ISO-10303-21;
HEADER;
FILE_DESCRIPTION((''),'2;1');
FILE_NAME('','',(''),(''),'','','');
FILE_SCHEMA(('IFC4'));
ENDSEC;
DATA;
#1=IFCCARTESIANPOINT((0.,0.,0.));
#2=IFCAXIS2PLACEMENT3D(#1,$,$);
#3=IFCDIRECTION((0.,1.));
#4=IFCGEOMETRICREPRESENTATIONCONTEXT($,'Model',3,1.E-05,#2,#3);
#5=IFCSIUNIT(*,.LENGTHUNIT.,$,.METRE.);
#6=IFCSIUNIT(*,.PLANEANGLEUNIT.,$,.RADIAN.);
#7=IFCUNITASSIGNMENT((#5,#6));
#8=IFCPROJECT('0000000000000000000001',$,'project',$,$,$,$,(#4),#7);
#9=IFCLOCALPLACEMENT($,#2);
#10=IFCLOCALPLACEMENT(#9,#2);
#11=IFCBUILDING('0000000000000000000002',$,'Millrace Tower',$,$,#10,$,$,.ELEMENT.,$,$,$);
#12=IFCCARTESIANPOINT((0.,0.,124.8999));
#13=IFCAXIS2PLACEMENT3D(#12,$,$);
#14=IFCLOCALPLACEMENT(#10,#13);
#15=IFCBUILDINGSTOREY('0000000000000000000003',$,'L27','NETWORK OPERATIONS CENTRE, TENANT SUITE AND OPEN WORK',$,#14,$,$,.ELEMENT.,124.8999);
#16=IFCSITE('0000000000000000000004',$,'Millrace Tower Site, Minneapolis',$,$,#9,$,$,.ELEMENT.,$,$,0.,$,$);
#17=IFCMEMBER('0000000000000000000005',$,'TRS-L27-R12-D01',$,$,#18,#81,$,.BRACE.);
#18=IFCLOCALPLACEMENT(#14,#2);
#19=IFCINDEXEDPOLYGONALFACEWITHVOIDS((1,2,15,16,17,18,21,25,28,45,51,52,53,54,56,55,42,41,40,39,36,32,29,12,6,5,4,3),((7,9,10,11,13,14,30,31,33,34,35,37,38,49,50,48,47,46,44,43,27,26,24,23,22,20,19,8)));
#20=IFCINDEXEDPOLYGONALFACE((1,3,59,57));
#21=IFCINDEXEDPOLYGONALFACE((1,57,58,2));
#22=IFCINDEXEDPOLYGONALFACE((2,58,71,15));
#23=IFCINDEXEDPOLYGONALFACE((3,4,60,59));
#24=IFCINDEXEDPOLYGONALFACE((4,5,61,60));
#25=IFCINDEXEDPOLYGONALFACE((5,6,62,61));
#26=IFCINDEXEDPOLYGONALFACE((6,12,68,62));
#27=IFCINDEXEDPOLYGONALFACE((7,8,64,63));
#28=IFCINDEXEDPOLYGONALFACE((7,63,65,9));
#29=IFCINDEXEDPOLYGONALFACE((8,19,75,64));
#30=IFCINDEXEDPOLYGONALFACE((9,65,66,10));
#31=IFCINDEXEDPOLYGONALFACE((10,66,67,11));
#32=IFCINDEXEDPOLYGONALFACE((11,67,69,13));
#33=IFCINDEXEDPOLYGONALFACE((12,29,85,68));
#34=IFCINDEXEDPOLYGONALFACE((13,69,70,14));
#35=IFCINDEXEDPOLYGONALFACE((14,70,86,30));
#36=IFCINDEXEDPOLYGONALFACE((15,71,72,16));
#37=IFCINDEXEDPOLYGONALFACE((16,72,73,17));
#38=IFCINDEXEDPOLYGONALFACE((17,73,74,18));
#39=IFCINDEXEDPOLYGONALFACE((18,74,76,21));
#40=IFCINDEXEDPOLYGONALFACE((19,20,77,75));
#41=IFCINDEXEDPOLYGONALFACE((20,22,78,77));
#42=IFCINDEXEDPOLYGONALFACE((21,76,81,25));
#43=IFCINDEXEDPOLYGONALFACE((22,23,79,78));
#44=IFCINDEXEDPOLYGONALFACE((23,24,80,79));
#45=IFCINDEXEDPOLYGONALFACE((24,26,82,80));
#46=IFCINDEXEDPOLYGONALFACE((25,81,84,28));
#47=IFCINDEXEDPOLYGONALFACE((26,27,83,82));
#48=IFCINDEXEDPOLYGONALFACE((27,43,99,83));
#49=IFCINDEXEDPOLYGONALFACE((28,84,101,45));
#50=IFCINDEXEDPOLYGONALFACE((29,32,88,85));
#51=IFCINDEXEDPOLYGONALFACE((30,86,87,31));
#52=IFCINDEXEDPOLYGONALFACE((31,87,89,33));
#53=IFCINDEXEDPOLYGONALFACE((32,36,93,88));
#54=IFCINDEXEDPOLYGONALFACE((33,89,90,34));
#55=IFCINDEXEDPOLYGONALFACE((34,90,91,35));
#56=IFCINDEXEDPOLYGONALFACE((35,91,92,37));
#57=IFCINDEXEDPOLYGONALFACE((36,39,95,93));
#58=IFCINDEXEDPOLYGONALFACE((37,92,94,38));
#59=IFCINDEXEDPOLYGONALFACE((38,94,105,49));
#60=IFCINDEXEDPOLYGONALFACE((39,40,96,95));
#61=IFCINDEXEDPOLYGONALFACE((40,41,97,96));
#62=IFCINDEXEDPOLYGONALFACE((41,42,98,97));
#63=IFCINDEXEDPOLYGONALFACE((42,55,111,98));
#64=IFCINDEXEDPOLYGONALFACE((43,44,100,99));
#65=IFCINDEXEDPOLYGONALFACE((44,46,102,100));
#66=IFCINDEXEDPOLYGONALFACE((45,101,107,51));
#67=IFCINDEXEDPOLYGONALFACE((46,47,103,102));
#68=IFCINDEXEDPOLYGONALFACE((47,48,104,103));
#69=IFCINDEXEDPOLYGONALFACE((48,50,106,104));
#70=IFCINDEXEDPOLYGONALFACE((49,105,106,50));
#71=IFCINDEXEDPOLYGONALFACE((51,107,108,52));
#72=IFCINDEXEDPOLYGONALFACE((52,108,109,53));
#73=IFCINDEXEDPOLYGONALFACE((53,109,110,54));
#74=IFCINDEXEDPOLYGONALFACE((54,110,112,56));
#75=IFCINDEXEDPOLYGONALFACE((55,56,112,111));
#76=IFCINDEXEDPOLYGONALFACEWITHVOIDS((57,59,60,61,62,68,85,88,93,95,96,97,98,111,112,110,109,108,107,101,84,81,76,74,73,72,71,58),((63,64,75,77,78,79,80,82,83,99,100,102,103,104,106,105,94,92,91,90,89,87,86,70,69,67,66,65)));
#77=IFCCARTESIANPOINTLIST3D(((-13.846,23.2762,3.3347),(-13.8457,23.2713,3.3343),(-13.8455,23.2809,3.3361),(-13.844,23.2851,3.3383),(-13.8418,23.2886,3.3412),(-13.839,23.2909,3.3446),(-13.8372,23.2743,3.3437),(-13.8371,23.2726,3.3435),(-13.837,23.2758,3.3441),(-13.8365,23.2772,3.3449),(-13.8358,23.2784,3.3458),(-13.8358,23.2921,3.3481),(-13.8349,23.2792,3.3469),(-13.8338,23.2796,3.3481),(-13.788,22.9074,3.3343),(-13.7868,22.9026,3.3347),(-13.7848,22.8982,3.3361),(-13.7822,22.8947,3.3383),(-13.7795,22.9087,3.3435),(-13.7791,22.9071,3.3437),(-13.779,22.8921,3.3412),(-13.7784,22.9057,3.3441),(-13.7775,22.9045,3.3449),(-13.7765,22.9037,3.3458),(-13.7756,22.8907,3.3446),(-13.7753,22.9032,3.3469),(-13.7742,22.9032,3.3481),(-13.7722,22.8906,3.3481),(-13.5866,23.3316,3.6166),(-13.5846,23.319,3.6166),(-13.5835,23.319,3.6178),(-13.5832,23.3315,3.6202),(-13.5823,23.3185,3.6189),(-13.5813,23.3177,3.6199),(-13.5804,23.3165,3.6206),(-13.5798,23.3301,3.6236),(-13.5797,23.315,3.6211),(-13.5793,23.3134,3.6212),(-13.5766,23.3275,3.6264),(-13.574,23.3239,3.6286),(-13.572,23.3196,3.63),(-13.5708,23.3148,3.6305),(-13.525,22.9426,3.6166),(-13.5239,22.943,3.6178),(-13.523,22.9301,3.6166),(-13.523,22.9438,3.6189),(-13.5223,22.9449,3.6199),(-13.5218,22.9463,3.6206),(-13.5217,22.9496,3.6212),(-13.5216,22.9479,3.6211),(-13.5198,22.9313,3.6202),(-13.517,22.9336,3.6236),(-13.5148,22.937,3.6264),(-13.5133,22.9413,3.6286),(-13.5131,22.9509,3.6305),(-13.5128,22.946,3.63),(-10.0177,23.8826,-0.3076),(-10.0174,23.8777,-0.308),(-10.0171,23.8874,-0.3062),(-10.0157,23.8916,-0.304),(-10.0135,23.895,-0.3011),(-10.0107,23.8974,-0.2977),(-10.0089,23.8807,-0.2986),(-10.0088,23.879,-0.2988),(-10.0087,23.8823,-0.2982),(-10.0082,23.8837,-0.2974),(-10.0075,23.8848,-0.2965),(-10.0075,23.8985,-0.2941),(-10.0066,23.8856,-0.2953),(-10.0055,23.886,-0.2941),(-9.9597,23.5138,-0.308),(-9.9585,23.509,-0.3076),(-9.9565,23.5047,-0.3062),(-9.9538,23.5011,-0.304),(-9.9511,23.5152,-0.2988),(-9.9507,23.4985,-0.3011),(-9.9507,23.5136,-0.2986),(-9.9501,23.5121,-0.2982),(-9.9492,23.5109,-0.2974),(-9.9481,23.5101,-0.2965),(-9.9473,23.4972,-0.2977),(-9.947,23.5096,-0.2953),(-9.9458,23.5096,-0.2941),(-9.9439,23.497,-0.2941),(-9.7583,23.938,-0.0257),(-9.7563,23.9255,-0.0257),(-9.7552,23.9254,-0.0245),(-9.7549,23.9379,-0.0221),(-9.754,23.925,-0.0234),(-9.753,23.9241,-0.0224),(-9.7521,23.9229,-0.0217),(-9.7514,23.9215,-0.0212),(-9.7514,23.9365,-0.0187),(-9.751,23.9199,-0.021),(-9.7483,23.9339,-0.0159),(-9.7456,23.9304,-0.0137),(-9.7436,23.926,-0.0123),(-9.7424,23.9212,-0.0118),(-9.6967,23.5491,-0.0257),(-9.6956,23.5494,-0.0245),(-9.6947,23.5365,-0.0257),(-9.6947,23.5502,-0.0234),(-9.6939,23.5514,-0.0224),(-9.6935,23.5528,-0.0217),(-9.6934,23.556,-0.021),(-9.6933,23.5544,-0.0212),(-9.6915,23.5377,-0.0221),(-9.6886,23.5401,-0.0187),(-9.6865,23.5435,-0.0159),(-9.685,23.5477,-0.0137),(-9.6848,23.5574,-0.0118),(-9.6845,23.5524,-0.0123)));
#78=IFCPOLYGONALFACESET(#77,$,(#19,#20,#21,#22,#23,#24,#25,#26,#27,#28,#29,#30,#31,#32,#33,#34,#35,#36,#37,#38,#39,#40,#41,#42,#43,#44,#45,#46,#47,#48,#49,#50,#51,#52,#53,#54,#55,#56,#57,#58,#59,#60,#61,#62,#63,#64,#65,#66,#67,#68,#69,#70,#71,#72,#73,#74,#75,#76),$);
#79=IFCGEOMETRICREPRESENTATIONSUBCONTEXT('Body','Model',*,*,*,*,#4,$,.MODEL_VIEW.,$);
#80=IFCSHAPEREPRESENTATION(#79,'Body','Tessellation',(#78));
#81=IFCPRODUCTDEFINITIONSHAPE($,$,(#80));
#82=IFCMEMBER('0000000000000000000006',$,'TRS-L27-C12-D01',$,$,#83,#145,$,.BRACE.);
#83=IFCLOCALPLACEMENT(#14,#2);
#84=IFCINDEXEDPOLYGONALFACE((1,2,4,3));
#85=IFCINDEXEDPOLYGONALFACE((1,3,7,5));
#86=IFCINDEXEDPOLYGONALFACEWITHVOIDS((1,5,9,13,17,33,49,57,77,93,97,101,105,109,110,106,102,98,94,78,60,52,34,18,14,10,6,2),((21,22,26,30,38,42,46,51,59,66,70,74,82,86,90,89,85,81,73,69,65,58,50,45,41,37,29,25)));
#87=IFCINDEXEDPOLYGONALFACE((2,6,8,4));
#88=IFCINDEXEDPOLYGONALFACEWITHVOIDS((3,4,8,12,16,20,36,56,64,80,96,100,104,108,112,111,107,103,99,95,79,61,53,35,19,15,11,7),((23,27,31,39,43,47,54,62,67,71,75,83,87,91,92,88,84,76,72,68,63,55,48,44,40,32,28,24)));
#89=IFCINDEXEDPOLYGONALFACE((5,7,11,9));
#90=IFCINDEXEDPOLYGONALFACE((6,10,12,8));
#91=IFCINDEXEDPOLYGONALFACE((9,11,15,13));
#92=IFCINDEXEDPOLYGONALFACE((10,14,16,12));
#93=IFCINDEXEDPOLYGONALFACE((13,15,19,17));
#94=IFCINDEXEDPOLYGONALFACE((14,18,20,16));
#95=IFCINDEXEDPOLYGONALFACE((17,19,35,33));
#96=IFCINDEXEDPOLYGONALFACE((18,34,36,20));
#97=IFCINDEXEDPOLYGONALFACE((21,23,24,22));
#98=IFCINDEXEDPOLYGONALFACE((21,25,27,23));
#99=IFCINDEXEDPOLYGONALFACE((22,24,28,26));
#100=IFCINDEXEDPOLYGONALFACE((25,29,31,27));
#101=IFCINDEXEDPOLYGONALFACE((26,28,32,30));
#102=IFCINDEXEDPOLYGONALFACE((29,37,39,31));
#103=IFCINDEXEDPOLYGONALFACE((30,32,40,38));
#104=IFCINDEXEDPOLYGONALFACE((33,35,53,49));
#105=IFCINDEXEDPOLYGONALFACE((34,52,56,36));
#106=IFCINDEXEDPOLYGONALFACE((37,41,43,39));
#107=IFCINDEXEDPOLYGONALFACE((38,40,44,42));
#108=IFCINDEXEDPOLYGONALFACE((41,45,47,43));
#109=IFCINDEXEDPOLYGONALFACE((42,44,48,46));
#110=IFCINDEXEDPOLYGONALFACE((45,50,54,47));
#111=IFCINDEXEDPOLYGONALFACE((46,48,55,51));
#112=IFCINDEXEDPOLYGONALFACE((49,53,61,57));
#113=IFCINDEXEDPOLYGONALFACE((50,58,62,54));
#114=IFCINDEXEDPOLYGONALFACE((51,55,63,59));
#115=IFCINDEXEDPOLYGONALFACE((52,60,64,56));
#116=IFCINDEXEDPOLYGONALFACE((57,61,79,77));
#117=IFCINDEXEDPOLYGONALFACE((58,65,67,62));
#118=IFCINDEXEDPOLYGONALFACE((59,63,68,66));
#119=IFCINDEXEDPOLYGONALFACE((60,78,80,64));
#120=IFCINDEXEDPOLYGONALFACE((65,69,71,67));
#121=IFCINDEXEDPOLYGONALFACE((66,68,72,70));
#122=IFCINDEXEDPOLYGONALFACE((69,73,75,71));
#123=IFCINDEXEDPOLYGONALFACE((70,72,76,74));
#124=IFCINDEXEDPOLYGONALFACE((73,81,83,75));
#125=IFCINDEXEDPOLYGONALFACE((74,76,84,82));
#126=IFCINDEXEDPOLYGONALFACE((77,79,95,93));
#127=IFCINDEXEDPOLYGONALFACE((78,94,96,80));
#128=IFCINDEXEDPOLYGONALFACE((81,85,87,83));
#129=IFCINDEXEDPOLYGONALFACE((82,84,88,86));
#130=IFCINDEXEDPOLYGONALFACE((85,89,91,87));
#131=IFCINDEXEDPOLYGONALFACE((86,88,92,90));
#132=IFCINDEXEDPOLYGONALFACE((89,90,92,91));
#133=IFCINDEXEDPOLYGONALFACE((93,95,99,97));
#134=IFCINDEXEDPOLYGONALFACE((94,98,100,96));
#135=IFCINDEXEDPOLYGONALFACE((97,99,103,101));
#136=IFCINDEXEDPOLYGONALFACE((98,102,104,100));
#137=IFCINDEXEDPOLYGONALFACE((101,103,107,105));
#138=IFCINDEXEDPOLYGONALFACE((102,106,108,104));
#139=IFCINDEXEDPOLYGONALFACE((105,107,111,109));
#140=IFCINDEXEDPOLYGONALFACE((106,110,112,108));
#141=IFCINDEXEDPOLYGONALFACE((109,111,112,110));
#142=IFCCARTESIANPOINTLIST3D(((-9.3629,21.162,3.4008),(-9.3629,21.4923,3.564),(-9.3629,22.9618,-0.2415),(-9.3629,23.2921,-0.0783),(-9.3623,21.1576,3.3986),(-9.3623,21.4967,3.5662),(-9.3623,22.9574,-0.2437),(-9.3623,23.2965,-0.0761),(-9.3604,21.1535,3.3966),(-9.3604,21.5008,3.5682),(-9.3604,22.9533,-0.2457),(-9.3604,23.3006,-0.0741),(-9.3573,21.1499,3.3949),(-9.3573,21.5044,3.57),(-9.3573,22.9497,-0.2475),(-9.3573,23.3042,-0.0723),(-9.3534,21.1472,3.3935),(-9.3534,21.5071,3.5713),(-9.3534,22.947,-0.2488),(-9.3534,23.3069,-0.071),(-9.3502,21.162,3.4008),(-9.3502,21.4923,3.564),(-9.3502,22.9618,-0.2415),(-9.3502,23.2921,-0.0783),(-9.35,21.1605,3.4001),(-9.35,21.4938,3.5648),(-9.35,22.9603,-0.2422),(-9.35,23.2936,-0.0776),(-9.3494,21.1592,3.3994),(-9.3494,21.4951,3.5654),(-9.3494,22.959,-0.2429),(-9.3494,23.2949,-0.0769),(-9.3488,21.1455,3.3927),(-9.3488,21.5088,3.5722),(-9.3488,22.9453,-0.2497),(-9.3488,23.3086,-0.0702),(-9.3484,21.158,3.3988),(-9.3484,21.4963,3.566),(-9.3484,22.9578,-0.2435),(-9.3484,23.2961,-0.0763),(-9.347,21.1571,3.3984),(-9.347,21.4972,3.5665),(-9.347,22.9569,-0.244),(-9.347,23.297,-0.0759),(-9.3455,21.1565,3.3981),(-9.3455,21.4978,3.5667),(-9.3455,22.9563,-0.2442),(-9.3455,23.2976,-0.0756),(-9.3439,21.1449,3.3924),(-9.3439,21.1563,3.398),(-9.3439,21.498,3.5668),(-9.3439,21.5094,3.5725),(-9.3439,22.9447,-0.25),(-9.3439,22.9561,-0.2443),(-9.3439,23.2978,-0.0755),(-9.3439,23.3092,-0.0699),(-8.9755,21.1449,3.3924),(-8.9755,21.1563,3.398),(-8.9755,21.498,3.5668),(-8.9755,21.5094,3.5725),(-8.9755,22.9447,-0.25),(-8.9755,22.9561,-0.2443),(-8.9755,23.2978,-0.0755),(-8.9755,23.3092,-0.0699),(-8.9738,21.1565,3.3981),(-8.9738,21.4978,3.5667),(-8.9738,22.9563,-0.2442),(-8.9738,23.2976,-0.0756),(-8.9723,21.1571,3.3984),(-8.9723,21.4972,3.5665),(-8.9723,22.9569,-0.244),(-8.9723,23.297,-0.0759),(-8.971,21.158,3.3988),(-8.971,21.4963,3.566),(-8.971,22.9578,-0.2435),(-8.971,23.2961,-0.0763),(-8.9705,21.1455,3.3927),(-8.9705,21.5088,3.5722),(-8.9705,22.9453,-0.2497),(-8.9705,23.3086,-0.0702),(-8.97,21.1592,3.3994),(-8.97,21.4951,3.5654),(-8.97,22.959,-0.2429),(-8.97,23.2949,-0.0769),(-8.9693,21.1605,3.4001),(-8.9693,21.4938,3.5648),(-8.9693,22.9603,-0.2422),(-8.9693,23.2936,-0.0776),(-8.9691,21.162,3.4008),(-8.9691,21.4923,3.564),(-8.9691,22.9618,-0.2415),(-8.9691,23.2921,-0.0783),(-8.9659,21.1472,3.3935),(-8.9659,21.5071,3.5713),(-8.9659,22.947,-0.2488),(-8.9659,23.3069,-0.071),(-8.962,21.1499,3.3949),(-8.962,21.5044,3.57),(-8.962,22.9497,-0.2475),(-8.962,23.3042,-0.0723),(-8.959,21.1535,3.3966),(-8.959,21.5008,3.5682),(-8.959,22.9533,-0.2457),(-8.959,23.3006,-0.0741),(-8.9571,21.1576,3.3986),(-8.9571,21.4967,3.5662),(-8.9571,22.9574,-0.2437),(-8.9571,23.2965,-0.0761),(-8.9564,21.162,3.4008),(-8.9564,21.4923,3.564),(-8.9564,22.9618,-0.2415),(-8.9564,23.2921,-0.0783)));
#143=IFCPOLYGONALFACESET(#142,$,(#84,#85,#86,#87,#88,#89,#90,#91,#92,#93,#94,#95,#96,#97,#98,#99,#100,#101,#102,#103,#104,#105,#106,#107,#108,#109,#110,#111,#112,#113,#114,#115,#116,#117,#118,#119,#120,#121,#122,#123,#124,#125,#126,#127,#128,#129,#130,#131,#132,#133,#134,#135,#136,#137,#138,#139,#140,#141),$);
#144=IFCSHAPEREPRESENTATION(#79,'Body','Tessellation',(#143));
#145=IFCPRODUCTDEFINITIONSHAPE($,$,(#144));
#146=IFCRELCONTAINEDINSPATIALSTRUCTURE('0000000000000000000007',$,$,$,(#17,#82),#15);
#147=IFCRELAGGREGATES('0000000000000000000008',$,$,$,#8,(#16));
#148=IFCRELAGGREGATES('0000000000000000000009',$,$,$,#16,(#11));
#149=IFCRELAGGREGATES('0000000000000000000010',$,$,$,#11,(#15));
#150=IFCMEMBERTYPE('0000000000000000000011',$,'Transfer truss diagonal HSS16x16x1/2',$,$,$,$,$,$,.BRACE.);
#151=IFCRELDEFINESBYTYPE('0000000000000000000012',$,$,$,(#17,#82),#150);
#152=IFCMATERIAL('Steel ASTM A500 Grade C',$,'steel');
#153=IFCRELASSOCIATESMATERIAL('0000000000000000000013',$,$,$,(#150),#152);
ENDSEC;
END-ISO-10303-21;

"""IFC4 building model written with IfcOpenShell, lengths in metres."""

from ifc_helpers import new_model, si_unit, direction, frame, origin, origin_2d, place, context, subcontext, project, spatial, hollow_rectangle, extrude, material, material_profile, profile_set, type_object, element, save


model = new_model("IFC4")

# Units and contexts
model_context = context("Model", 3, precision=1e-05, world=origin(), true_north=direction((0.0, 1.0)))
body_context = subcontext(model_context, "Body", "Model", "MODEL_VIEW")
ifc_project = project(units=[si_unit("LENGTHUNIT", "METRE"), si_unit("PLANEANGLEUNIT", "RADIAN")], contexts=[model_context])

# Site, building, storey
site_placement = place(None, origin())
site = spatial("IfcSite", under=ifc_project, at=site_placement, Name="Millrace Tower Site, Minneapolis", CompositionType="ELEMENT", RefElevation=0.0)
building_placement = place(site_placement, origin())
building = spatial("IfcBuilding", under=site, at=building_placement, Name="Millrace Tower", CompositionType="ELEMENT")
storey_placement = place(building_placement, frame((0.0, 0.0, 124.8999)))
storey = spatial("IfcBuildingStorey", under=building, at=storey_placement, Name="L27", Description="NETWORK OPERATIONS CENTRE, TENANT SUITE AND OPEN WORK", CompositionType="ELEMENT", Elevation=124.8999)

# Members
ifc_material_1 = material(Name="Steel ASTM A500 Grade C", Category="steel")
ifc_material_profile_1 = material_profile(ifc_material_1, hollow_rectangle(XDim=0.4065, YDim=0.4065, WallThickness=0.0127, InnerFilletRadius=0.0063, OuterFilletRadius=0.019, at=origin_2d()))
ifc_profile_set_1 = profile_set([ifc_material_profile_1], Name="Steel ASTM A500 Grade C")
member_type_1 = type_object("IfcMemberType", Name="Transfer truss diagonal HSS16x16x1/2", PredefinedType="BRACE", material=ifc_profile_set_1)
member_1_placement = place(storey_placement, frame((-9.8511, 23.7175, -0.1599), z_axis=(-0.719766, -0.114017, 0.68479), x_axis=(0.156457, -0.987685, 0.0)))
element("IfcMember", 1, at=member_1_placement, inside=storey, type_object=member_type_1, Name="TRS-L27-R12-D01", PredefinedType="BRACE", context=body_context, shape_type="SweptSolid", body=[
    extrude(hollow_rectangle(XDim=0.4065, YDim=0.4065, WallThickness=0.0127, InnerFilletRadius=0.0063, OuterFilletRadius=0.019, at=origin_2d()), origin(), (0.0, 0.0, 1.0), 5.3188),
])
member_2_placement = place(storey_placement, frame((-9.1597, 23.127, -0.1599), z_axis=(0.0, -0.443002, 0.896521), x_axis=(1.0, 0.0, 0.0)))
element("IfcMember", 2, at=member_2_placement, inside=storey, type_object=member_type_1, Name="TRS-L27-C12-D01", PredefinedType="BRACE", context=body_context, shape_type="SweptSolid", body=[
    extrude(hollow_rectangle(XDim=0.4065, YDim=0.4065, WallThickness=0.0127, InnerFilletRadius=0.0063, OuterFilletRadius=0.019, at=origin_2d()), origin(), (0.0, 0.0, 1.0), 4.0627),
])

save(model, "model.ifc")
